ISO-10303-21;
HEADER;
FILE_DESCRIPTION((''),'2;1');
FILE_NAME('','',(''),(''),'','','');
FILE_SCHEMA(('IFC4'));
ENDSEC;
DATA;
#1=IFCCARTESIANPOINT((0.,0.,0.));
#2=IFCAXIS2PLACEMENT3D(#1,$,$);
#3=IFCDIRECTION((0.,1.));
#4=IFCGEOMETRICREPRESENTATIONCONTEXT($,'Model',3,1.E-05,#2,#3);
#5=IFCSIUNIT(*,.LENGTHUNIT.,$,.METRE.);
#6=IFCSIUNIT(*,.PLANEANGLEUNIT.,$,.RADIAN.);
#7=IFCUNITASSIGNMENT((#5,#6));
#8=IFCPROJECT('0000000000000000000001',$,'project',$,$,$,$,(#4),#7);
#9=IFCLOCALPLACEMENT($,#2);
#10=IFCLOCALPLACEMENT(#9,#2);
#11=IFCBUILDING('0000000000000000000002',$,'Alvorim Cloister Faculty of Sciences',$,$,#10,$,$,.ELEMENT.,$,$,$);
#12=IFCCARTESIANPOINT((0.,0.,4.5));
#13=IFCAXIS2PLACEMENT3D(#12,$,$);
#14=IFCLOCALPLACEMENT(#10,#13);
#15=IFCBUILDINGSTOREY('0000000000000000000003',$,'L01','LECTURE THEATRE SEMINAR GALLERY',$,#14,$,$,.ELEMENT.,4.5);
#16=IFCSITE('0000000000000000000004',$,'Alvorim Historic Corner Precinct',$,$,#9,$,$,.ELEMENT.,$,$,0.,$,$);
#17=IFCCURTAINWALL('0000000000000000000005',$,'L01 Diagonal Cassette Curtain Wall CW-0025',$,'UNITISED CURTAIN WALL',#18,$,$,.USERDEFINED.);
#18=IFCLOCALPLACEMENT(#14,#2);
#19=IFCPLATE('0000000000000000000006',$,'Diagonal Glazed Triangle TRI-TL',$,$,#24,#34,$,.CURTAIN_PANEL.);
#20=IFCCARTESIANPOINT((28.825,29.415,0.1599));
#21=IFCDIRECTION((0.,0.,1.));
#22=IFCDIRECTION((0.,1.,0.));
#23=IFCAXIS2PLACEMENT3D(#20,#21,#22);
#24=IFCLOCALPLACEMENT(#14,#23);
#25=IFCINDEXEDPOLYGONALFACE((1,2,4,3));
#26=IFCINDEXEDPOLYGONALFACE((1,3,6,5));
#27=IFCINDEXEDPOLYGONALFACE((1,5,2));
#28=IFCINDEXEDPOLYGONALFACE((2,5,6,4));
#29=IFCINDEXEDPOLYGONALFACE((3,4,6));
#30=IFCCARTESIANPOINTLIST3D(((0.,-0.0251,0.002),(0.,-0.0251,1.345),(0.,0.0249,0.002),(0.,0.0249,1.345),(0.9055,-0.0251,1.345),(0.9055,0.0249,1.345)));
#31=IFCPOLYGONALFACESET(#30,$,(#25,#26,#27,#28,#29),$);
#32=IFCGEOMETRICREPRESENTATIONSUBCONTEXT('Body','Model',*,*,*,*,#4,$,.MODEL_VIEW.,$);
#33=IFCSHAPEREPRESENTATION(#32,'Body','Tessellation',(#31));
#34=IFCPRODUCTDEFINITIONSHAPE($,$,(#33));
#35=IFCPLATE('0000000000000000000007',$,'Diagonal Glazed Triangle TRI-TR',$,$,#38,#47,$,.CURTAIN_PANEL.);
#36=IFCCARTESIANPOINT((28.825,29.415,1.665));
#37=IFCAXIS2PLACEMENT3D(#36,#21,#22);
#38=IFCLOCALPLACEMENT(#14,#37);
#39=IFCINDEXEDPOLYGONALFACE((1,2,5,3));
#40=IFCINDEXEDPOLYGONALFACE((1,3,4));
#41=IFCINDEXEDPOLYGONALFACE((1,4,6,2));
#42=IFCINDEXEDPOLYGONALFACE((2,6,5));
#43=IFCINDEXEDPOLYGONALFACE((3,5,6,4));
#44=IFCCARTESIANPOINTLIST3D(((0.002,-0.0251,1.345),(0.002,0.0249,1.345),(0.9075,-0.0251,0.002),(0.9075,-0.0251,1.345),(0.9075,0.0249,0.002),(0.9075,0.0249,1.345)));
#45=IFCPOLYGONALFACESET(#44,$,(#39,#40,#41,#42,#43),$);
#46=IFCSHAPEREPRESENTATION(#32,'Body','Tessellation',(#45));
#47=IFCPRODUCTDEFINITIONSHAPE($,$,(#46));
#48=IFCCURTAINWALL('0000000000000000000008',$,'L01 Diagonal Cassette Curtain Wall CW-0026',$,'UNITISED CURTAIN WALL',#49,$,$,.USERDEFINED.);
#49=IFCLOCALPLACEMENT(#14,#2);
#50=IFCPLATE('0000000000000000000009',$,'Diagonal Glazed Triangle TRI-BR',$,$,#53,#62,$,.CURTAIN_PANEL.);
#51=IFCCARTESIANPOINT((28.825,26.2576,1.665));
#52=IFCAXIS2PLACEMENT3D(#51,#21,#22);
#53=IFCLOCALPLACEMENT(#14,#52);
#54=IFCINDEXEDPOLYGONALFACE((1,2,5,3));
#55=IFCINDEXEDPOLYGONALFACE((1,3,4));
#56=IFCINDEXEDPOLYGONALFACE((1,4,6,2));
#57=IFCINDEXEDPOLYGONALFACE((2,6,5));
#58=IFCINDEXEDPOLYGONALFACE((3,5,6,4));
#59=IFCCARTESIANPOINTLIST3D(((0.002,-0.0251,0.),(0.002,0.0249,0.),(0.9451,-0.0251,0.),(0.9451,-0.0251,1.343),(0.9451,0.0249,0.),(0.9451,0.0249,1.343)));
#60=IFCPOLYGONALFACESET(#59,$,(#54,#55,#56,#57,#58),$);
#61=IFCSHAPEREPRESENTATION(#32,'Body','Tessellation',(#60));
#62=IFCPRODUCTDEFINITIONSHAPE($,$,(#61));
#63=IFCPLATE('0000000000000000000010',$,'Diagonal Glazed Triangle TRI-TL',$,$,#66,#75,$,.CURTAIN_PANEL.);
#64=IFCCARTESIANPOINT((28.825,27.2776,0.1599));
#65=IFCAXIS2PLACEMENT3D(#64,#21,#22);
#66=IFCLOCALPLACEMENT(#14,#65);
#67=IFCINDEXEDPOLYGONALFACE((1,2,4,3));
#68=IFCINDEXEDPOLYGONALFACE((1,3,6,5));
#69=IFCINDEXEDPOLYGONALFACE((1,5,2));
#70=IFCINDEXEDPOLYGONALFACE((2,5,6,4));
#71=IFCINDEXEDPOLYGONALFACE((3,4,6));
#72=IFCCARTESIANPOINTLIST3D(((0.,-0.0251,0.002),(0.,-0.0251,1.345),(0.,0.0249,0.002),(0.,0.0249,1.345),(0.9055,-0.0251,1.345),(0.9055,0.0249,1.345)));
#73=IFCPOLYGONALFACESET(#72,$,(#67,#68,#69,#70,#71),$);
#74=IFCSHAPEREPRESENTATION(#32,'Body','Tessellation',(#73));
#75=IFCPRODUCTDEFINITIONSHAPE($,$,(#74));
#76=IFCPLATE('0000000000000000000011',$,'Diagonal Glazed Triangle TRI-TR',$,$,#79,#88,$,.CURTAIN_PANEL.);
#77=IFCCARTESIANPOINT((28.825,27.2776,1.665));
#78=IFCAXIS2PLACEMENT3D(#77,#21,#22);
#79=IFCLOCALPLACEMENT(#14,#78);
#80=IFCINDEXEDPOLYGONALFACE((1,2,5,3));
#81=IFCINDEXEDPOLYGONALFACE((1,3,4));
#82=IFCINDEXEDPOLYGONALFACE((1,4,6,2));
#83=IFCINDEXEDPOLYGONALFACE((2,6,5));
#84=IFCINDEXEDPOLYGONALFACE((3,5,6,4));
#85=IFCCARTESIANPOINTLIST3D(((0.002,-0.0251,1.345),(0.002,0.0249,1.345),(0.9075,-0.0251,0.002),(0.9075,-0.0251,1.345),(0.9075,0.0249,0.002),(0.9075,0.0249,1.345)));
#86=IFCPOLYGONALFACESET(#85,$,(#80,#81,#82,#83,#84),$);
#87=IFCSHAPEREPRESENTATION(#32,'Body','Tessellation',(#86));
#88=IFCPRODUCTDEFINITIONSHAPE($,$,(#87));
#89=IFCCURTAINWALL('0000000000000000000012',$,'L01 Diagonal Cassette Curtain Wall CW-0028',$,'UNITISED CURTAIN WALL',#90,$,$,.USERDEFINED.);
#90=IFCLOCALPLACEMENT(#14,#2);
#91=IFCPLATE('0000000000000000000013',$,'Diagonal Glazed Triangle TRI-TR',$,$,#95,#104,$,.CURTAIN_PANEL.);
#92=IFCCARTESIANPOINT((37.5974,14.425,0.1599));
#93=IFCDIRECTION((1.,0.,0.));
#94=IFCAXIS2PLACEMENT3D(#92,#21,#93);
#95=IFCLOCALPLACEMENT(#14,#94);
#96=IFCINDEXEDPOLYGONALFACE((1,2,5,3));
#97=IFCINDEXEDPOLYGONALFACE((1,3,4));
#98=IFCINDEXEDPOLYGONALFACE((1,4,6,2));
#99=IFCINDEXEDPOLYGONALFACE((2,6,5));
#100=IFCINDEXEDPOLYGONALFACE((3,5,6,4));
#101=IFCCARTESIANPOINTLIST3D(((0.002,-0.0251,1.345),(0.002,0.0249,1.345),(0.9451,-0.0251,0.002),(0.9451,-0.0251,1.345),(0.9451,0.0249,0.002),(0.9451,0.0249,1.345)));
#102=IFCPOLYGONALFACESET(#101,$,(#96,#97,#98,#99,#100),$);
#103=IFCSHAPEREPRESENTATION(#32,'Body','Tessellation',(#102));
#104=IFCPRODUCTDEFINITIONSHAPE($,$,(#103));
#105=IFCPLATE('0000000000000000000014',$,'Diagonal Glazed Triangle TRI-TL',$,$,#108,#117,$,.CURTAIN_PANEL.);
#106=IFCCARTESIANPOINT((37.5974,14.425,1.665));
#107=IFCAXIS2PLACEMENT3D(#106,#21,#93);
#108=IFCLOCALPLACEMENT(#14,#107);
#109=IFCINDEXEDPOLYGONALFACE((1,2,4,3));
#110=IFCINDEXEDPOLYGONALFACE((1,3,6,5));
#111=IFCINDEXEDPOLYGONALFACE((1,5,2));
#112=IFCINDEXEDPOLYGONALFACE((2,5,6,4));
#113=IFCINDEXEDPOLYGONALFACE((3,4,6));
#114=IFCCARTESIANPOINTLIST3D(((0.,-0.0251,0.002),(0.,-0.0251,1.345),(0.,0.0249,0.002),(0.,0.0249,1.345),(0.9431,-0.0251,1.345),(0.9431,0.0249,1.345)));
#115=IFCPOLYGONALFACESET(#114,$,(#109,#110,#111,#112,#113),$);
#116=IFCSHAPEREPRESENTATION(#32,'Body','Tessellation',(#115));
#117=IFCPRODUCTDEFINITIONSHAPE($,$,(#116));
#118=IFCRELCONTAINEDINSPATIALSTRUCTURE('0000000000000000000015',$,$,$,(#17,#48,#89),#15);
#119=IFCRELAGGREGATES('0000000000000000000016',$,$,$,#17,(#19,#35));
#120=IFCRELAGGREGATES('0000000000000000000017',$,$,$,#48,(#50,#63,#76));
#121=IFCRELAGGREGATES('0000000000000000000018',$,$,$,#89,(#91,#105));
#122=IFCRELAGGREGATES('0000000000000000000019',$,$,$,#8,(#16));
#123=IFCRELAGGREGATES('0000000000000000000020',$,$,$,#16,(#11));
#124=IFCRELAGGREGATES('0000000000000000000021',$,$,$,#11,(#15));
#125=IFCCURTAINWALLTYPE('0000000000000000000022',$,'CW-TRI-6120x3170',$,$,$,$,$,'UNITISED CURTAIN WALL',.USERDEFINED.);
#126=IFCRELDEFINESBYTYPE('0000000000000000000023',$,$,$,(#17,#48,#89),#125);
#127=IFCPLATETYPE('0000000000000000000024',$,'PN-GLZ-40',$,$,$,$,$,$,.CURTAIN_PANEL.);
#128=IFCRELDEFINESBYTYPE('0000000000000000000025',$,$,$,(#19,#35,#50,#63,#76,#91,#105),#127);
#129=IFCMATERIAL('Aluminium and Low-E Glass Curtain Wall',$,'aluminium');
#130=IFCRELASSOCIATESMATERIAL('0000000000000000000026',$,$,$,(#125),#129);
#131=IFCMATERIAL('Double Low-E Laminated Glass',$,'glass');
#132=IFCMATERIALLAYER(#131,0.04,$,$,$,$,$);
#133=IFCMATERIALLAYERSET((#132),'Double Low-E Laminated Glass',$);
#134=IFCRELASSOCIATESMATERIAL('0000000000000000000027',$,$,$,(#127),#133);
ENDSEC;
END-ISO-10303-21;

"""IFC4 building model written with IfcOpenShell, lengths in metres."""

from ifc_helpers import new_model, si_unit, direction, frame, origin, place, context, subcontext, project, spatial, polyline, outline, extrude, material, layer, layer_set, type_object, element, aggregate, save


model = new_model("IFC4")

# Units and contexts
model_context = context("Model", 3, precision=1e-05, world=origin(), true_north=direction((0.0, 1.0)))
body_context = subcontext(model_context, "Body", "Model", "MODEL_VIEW")
ifc_project = project(units=[si_unit("LENGTHUNIT", "METRE"), si_unit("PLANEANGLEUNIT", "RADIAN")], contexts=[model_context])

# Site, building, storey
site_placement = place(None, origin())
site = spatial("IfcSite", under=ifc_project, at=site_placement, Name="Alvorim Historic Corner Precinct", CompositionType="ELEMENT", RefElevation=0.0)
building_placement = place(site_placement, origin())
building = spatial("IfcBuilding", under=site, at=building_placement, Name="Alvorim Cloister Faculty of Sciences", CompositionType="ELEMENT")
storey_placement = place(building_placement, frame((0.0, 0.0, 4.5)))
storey = spatial("IfcBuildingStorey", under=building, at=storey_placement, Name="L01", Description="LECTURE THEATRE SEMINAR GALLERY", CompositionType="ELEMENT", Elevation=4.5)

# Curtain walls, plates
ifc_material_1 = material(Name="Aluminium and Low-E Glass Curtain Wall", Category="aluminium")
curtain_wall_type = type_object("IfcCurtainWallType", Name="CW-TRI-6120x3170", ElementType="UNITISED CURTAIN WALL", PredefinedType="USERDEFINED", material=ifc_material_1)
curtain_wall_1_placement = place(storey_placement, origin())
curtain_wall_1 = element("IfcCurtainWall", 1, at=curtain_wall_1_placement, inside=storey, type_object=curtain_wall_type, Name="L01 Diagonal Cassette Curtain Wall CW-0025", ObjectType="UNITISED CURTAIN WALL", PredefinedType="USERDEFINED")
ifc_material_2 = material(Name="Double Low-E Laminated Glass", Category="glass")
ifc_layer_1 = layer(ifc_material_2, 0.04)
ifc_layer_set_1 = layer_set([ifc_layer_1], Name="Double Low-E Laminated Glass")
plate_type_1 = type_object("IfcPlateType", Name="PN-GLZ-40", PredefinedType="CURTAIN_PANEL", material=ifc_layer_set_1)
plate_1_placement = place(storey_placement, frame((28.825, 29.415, 0.1599), z_axis=(0.0, 0.0, 1.0), x_axis=(0.0, 1.0, 0.0)))
plate_1 = element("IfcPlate", 2, at=plate_1_placement, type_object=plate_type_1, Name="Diagonal Glazed Triangle TRI-TL", PredefinedType="CURTAIN_PANEL", context=body_context, shape_type="SweptSolid", body=[
    extrude(outline(polyline([(0.9055, 1.345), (0.0, 1.345), (0.0, 0.002), (0.9055, 1.345)])), frame((0.0, 0.0249, 0.0), z_axis=(0.0, -1.0, 0.0), x_axis=(1.0, 0.0, 0.0)), (0.0, 0.0, 1.0), 0.05),
])
plate_2_placement = place(storey_placement, frame((28.825, 29.415, 1.665), z_axis=(0.0, 0.0, 1.0), x_axis=(0.0, 1.0, 0.0)))
plate_2 = element("IfcPlate", 3, at=plate_2_placement, type_object=plate_type_1, Name="Diagonal Glazed Triangle TRI-TR", PredefinedType="CURTAIN_PANEL", context=body_context, shape_type="SweptSolid", body=[
    extrude(outline(polyline([(0.9075, 0.002), (0.9075, 1.345), (0.002, 1.345), (0.9075, 0.002)])), frame((0.0, 0.0249, 0.0), z_axis=(0.0, -1.0, 0.0), x_axis=(1.0, 0.0, 0.0)), (0.0, 0.0, 1.0), 0.05),
])
aggregate(curtain_wall_1, [plate_1, plate_2])
curtain_wall_2_placement = place(storey_placement, origin())
curtain_wall_2 = element("IfcCurtainWall", 4, at=curtain_wall_2_placement, inside=storey, type_object=curtain_wall_type, Name="L01 Diagonal Cassette Curtain Wall CW-0026", ObjectType="UNITISED CURTAIN WALL", PredefinedType="USERDEFINED")
plate_3_placement = place(storey_placement, frame((28.825, 26.2576, 1.665), z_axis=(0.0, 0.0, 1.0), x_axis=(0.0, 1.0, 0.0)))
plate_3 = element("IfcPlate", 5, at=plate_3_placement, type_object=plate_type_1, Name="Diagonal Glazed Triangle TRI-BR", PredefinedType="CURTAIN_PANEL", context=body_context, shape_type="SweptSolid", body=[
    extrude(outline(polyline([(0.002, 0.0), (0.9451, 0.0), (0.9451, 1.343), (0.002, 0.0)])), frame((0.0, 0.0249, 0.0), z_axis=(0.0, -1.0, 0.0), x_axis=(1.0, 0.0, 0.0)), (0.0, 0.0, 1.0), 0.05),
])
plate_4_placement = place(storey_placement, frame((28.825, 27.2776, 0.1599), z_axis=(0.0, 0.0, 1.0), x_axis=(0.0, 1.0, 0.0)))
plate_4 = element("IfcPlate", 6, at=plate_4_placement, type_object=plate_type_1, Name="Diagonal Glazed Triangle TRI-TL", PredefinedType="CURTAIN_PANEL", context=body_context, shape_type="SweptSolid", body=[
    extrude(outline(polyline([(0.9055, 1.345), (0.0, 1.345), (0.0, 0.002), (0.9055, 1.345)])), frame((0.0, 0.0249, 0.0), z_axis=(0.0, -1.0, 0.0), x_axis=(1.0, 0.0, 0.0)), (0.0, 0.0, 1.0), 0.05),
])
plate_5_placement = place(storey_placement, frame((28.825, 27.2776, 1.665), z_axis=(0.0, 0.0, 1.0), x_axis=(0.0, 1.0, 0.0)))
plate_5 = element("IfcPlate", 7, at=plate_5_placement, type_object=plate_type_1, Name="Diagonal Glazed Triangle TRI-TR", PredefinedType="CURTAIN_PANEL", context=body_context, shape_type="SweptSolid", body=[
    extrude(outline(polyline([(0.9075, 0.002), (0.9075, 1.345), (0.002, 1.345), (0.9075, 0.002)])), frame((0.0, 0.0249, 0.0), z_axis=(0.0, -1.0, 0.0), x_axis=(1.0, 0.0, 0.0)), (0.0, 0.0, 1.0), 0.05),
])
aggregate(curtain_wall_2, [plate_3, plate_4, plate_5])
curtain_wall_3_placement = place(storey_placement, origin())
curtain_wall_3 = element("IfcCurtainWall", 8, at=curtain_wall_3_placement, inside=storey, type_object=curtain_wall_type, Name="L01 Diagonal Cassette Curtain Wall CW-0028", ObjectType="UNITISED CURTAIN WALL", PredefinedType="USERDEFINED")
plate_6_placement = place(storey_placement, frame((37.5974, 14.425, 0.1599), z_axis=(0.0, 0.0, 1.0), x_axis=(1.0, 0.0, 0.0)))
plate_6 = element("IfcPlate", 9, at=plate_6_placement, type_object=plate_type_1, Name="Diagonal Glazed Triangle TRI-TR", PredefinedType="CURTAIN_PANEL", context=body_context, shape_type="SweptSolid", body=[
    extrude(outline(polyline([(0.9451, 0.002), (0.9451, 1.345), (0.002, 1.345), (0.9451, 0.002)])), frame((0.0, 0.0249, 0.0), z_axis=(0.0, -1.0, 0.0), x_axis=(1.0, 0.0, 0.0)), (0.0, 0.0, 1.0), 0.05),
])
plate_7_placement = place(storey_placement, frame((37.5974, 14.425, 1.665), z_axis=(0.0, 0.0, 1.0), x_axis=(1.0, 0.0, 0.0)))
plate_7 = element("IfcPlate", 10, at=plate_7_placement, type_object=plate_type_1, Name="Diagonal Glazed Triangle TRI-TL", PredefinedType="CURTAIN_PANEL", context=body_context, shape_type="SweptSolid", body=[
    extrude(outline(polyline([(0.9431, 1.345), (0.0, 1.345), (0.0, 0.002), (0.9431, 1.345)])), frame((0.0, 0.0249, 0.0), z_axis=(0.0, -1.0, 0.0), x_axis=(1.0, 0.0, 0.0)), (0.0, 0.0, 1.0), 0.05),
])
aggregate(curtain_wall_3, [plate_6, plate_7])

save(model, "model.ifc")
